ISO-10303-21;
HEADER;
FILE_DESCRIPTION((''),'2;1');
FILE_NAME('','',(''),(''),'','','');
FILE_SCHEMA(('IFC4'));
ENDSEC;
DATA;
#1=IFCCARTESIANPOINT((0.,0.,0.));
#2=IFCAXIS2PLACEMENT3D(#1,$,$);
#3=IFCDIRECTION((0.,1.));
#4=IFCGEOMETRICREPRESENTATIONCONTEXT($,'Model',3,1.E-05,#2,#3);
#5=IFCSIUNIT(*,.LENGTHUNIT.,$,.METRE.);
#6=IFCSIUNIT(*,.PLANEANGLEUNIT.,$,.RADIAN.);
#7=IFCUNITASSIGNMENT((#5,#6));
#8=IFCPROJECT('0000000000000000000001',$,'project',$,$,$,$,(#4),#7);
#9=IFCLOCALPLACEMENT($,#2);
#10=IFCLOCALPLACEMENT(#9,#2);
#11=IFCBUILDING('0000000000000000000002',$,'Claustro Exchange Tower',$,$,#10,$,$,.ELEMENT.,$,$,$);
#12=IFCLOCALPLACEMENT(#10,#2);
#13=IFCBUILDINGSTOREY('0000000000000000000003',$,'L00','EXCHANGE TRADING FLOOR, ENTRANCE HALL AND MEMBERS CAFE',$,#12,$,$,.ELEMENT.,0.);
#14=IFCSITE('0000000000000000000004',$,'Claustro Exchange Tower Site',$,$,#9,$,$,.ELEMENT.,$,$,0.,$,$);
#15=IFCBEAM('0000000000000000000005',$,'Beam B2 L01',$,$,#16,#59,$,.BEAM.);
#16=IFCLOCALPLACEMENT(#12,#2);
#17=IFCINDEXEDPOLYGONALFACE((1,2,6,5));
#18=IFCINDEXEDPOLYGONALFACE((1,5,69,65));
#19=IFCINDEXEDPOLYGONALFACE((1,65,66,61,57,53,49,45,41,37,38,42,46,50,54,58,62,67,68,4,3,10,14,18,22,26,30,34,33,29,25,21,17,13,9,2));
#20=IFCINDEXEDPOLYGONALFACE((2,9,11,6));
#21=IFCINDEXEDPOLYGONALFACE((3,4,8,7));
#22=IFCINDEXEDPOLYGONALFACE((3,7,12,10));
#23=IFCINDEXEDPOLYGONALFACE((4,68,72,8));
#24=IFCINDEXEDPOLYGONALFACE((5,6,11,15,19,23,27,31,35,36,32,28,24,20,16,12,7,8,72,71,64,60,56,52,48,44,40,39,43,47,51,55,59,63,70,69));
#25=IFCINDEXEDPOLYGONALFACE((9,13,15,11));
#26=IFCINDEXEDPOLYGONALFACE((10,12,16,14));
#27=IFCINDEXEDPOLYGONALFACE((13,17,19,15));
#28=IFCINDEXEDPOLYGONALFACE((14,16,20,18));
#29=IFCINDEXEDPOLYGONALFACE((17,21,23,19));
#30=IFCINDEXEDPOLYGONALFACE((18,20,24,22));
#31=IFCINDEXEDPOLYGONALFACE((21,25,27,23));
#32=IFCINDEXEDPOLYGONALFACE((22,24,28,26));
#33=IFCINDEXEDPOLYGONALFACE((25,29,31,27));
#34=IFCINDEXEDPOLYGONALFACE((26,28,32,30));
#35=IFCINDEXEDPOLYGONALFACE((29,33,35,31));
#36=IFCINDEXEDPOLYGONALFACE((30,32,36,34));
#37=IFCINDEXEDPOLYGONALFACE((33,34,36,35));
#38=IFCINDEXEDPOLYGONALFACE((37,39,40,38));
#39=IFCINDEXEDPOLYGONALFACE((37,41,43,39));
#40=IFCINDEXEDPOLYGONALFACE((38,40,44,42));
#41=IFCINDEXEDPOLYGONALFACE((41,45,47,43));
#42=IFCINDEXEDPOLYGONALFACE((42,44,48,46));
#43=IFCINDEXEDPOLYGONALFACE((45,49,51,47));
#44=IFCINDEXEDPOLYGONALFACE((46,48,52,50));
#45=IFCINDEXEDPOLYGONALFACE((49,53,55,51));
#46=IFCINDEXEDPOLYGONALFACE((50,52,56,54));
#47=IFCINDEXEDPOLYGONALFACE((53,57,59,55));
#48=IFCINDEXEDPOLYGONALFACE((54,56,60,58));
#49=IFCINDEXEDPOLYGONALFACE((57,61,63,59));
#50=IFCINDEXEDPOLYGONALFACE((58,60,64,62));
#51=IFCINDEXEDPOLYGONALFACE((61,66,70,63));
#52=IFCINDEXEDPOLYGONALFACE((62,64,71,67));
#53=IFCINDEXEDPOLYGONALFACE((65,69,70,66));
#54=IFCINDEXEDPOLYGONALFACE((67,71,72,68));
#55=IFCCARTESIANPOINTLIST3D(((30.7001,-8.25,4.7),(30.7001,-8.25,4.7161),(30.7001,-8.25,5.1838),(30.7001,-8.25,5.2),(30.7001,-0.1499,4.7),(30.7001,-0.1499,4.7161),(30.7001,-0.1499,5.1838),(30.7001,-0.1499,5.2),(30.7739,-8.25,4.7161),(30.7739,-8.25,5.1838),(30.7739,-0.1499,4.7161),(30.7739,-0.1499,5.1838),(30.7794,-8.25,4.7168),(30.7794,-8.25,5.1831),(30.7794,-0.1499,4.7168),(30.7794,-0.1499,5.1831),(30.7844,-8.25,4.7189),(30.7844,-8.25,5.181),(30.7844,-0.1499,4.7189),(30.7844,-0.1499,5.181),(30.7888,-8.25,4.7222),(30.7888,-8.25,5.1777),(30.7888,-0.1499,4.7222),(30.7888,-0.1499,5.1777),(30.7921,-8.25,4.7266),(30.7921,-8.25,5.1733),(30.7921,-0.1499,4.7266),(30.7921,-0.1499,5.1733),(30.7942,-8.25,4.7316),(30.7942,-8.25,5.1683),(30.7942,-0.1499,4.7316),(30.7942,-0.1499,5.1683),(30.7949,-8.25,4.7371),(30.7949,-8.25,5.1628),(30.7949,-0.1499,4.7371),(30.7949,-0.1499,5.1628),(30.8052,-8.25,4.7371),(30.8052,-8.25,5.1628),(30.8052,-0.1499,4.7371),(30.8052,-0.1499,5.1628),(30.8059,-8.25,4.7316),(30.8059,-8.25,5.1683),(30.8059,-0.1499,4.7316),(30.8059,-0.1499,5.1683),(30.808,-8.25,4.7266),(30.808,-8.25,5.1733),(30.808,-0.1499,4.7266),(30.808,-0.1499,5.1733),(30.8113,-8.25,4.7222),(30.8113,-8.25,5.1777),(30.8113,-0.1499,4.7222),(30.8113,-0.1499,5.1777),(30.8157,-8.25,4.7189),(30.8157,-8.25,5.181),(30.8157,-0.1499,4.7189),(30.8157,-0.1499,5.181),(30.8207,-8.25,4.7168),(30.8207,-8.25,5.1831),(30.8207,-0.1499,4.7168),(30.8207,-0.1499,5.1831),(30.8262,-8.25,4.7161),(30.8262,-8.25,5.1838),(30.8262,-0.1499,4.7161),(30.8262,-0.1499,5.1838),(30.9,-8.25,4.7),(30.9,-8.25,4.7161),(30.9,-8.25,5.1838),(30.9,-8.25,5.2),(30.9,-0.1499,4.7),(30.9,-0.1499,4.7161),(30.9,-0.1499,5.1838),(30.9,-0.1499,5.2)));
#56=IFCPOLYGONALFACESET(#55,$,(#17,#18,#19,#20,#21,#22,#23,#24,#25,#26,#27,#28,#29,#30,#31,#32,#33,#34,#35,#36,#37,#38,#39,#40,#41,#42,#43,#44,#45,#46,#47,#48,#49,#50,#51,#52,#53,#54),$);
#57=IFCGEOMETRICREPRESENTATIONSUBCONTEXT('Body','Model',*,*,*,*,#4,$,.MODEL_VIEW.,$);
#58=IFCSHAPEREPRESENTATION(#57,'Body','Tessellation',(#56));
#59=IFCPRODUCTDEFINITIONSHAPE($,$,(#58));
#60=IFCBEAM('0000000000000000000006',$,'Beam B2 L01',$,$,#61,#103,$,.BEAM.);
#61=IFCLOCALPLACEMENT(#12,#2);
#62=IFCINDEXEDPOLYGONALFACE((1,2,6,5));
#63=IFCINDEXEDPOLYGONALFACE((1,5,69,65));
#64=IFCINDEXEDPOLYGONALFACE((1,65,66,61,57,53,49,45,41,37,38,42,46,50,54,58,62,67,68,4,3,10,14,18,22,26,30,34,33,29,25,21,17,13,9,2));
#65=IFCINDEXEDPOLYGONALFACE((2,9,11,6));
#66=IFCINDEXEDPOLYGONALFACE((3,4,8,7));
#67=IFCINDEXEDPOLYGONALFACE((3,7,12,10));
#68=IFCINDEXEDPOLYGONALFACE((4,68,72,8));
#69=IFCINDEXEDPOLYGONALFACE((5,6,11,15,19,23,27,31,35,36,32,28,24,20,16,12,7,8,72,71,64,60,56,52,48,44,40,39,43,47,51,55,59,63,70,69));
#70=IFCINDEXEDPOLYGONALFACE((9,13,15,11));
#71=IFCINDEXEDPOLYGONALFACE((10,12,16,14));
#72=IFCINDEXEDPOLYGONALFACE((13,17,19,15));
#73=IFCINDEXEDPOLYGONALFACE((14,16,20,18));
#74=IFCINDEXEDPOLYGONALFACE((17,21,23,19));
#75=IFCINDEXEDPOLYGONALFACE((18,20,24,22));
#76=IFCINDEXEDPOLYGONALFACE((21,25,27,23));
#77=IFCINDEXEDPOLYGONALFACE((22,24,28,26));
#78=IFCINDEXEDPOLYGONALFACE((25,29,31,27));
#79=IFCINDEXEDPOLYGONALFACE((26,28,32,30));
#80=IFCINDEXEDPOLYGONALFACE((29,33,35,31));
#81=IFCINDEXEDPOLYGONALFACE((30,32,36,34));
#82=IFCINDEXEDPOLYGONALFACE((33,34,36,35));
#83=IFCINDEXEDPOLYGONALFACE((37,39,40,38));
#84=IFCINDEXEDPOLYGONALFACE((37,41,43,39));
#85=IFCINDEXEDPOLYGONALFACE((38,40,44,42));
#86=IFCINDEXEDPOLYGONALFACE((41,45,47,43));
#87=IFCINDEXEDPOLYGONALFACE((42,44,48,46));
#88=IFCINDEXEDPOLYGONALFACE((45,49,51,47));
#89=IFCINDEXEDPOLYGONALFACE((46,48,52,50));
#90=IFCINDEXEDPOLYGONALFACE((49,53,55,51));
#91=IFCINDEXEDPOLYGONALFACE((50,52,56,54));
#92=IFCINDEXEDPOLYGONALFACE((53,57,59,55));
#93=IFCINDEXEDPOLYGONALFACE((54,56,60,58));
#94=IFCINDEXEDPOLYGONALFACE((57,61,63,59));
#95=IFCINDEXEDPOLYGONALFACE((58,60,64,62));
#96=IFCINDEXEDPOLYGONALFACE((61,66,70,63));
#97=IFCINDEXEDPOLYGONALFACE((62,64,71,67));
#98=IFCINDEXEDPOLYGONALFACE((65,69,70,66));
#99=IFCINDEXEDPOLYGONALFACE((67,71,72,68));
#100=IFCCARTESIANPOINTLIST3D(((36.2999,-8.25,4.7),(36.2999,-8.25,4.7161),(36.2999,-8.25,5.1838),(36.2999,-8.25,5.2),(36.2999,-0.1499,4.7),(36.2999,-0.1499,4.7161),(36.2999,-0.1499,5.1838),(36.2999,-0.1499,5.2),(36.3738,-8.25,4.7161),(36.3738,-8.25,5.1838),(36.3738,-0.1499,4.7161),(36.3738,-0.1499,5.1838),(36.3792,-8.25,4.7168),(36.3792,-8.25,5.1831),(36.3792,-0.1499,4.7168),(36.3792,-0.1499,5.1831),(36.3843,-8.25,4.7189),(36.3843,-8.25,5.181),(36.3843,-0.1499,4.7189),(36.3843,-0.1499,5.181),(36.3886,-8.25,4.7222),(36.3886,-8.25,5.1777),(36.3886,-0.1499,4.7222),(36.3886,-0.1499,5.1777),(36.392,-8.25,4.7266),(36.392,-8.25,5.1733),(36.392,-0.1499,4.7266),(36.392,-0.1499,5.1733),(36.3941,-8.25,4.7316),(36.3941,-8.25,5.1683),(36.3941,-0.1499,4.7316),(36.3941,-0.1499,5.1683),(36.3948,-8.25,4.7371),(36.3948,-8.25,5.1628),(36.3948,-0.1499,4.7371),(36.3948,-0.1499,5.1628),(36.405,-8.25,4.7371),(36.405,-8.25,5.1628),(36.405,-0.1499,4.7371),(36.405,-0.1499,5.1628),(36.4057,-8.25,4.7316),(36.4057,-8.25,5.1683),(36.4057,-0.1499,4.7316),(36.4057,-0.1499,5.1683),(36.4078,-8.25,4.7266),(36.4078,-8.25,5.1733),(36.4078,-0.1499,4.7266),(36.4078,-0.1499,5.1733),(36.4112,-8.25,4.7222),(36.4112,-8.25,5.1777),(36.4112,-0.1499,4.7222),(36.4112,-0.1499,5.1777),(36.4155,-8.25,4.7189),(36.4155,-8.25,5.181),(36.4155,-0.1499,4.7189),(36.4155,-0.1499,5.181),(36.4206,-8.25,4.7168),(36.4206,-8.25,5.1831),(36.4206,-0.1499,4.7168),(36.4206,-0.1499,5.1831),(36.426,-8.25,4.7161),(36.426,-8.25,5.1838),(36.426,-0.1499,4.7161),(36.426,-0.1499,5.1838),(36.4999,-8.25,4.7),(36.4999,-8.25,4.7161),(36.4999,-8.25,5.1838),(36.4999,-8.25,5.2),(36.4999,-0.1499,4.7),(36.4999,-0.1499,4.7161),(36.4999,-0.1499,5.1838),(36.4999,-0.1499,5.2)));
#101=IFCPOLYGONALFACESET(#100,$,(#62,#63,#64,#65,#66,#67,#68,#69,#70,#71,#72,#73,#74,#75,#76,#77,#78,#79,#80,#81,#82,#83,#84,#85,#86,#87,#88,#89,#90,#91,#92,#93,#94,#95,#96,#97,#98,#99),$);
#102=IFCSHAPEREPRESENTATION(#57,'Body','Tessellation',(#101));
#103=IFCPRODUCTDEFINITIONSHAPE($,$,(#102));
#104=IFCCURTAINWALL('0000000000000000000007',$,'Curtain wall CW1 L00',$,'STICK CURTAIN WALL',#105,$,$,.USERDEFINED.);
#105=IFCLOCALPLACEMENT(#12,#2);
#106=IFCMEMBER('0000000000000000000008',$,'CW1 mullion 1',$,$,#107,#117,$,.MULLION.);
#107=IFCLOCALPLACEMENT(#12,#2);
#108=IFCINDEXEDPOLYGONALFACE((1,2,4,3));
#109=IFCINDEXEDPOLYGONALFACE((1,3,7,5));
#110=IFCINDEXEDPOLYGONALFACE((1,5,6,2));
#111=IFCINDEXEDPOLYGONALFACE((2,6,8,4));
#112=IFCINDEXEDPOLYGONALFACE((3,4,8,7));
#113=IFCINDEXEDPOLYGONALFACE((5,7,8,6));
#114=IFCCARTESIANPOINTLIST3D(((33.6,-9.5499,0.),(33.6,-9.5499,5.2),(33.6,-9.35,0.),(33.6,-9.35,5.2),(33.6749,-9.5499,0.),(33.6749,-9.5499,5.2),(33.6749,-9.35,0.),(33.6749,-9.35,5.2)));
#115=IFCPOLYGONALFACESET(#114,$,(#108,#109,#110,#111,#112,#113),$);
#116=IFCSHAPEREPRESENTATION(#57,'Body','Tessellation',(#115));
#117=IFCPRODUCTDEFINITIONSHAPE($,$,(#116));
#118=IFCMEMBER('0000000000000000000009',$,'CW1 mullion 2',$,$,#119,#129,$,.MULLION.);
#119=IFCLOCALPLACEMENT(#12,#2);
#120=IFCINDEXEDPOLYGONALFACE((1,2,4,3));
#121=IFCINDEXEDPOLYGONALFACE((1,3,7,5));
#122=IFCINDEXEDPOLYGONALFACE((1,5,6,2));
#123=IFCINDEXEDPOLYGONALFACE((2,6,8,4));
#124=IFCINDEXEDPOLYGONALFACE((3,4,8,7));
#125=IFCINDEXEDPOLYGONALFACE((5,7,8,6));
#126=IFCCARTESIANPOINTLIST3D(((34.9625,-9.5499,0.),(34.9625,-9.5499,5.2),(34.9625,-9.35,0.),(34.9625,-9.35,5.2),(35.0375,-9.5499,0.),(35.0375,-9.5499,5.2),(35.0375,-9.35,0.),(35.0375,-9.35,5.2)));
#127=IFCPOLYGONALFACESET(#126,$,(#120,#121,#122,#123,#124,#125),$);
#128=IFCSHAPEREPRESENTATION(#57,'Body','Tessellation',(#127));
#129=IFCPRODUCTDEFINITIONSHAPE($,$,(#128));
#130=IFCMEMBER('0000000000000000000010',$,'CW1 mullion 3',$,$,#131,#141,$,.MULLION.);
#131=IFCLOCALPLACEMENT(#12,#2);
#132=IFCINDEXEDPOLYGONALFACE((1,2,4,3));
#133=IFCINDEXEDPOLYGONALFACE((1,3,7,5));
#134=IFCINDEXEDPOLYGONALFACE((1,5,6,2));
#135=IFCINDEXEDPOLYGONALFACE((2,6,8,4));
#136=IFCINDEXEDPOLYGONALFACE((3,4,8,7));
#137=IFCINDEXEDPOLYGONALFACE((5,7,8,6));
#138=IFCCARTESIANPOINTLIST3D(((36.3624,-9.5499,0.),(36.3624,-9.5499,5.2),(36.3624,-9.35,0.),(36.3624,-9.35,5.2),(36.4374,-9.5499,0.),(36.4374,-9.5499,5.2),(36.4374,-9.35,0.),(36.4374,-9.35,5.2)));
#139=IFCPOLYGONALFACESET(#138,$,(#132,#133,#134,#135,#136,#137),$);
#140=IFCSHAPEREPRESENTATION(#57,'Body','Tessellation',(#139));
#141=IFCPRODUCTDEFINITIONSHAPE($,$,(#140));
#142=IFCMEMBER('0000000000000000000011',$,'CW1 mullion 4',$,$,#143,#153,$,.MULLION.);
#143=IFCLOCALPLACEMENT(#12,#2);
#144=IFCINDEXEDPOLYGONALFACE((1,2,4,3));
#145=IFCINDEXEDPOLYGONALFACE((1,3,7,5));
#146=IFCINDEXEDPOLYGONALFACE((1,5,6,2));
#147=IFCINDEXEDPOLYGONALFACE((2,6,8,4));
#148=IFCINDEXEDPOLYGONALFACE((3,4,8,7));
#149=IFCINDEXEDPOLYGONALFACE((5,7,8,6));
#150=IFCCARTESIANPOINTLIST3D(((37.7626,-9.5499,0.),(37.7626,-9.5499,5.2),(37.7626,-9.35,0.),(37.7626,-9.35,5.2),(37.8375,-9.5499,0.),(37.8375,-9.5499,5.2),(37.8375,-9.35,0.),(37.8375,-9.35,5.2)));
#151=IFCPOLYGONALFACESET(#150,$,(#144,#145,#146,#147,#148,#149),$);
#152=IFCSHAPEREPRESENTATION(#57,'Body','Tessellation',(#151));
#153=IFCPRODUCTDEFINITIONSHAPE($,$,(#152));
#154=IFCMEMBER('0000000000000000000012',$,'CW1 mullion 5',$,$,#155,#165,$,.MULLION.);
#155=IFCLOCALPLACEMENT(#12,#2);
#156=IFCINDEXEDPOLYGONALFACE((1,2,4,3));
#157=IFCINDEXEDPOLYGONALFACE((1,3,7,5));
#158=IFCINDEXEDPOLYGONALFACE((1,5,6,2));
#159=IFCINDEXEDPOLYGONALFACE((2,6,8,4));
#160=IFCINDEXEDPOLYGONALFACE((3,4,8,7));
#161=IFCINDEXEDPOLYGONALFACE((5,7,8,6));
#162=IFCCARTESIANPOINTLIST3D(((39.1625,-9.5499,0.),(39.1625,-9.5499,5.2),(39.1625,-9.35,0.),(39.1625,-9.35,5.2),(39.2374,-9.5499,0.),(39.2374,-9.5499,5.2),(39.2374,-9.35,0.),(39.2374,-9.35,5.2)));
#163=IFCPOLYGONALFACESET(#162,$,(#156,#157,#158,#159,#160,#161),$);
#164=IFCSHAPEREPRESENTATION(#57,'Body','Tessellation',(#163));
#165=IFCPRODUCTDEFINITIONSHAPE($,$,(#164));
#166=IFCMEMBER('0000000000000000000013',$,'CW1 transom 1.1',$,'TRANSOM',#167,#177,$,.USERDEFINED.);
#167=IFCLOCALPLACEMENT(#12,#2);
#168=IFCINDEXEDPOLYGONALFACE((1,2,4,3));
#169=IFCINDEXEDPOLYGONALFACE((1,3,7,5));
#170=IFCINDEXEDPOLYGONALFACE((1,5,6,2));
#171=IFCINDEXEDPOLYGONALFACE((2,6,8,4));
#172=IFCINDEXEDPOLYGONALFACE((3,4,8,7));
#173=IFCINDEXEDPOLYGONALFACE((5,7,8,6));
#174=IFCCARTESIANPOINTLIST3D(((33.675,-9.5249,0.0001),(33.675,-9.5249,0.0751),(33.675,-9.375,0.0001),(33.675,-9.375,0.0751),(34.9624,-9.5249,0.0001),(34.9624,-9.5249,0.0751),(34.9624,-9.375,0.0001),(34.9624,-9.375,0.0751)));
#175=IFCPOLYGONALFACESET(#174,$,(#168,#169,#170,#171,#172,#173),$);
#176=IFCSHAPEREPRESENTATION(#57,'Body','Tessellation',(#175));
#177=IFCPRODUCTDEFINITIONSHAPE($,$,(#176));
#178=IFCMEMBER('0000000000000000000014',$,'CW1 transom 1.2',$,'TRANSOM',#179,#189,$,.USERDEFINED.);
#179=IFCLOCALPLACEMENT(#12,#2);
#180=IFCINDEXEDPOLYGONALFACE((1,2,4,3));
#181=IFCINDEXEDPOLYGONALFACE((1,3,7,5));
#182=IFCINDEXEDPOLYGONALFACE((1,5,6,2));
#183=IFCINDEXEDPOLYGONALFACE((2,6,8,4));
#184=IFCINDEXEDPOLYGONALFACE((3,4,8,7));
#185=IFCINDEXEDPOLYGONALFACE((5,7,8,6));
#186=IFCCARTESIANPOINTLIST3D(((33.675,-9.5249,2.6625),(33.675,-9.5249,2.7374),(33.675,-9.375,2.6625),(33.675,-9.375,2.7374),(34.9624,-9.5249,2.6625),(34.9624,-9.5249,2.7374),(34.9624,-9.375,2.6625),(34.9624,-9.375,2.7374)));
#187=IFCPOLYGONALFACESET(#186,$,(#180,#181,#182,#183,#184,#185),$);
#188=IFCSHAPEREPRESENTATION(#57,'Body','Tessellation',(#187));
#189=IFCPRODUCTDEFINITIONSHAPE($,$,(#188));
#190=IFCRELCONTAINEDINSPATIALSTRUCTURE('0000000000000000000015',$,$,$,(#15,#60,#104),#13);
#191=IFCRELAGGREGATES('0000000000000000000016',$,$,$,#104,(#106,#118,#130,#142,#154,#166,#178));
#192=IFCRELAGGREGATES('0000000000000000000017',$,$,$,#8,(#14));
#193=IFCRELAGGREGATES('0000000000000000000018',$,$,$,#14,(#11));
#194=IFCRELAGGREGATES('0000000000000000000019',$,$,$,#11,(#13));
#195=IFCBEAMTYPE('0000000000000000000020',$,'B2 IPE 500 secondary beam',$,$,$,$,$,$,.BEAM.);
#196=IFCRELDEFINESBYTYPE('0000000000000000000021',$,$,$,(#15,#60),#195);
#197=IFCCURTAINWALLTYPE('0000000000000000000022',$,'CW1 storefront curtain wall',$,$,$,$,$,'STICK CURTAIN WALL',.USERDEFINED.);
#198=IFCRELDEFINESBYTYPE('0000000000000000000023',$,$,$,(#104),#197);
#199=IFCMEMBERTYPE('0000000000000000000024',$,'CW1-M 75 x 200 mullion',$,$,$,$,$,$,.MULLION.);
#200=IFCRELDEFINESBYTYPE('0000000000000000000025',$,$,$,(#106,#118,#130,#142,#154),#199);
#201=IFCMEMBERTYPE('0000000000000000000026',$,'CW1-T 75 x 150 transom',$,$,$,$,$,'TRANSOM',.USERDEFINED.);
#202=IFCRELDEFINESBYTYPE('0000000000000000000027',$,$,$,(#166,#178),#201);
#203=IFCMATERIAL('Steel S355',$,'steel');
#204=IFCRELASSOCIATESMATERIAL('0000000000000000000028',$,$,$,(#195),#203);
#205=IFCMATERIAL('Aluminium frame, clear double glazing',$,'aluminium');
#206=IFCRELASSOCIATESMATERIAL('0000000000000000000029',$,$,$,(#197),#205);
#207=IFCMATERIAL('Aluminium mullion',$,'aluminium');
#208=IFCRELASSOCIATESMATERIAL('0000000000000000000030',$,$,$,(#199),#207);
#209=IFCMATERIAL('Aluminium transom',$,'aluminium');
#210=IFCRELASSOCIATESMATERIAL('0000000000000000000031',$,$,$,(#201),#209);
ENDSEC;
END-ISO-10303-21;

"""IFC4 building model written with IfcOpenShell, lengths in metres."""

from ifc_helpers import new_model, si_unit, direction, frame, origin, origin_2d, place, context, subcontext, project, spatial, rectangle, i_section, extrude, material, material_profile, profile_set, type_object, element, aggregate, save


model = new_model("IFC4")

# Units and contexts
model_context = context("Model", 3, precision=1e-05, world=origin(), true_north=direction((0.0, 1.0)))
body_context = subcontext(model_context, "Body", "Model", "MODEL_VIEW")
ifc_project = project(units=[si_unit("LENGTHUNIT", "METRE"), si_unit("PLANEANGLEUNIT", "RADIAN")], contexts=[model_context])

# Site, building, storey
site_placement = place(None, origin())
site = spatial("IfcSite", under=ifc_project, at=site_placement, Name="Claustro Exchange Tower Site", CompositionType="ELEMENT", RefElevation=0.0)
building_placement = place(site_placement, origin())
building = spatial("IfcBuilding", under=site, at=building_placement, Name="Claustro Exchange Tower", CompositionType="ELEMENT")
storey_placement = place(building_placement, origin())
storey = spatial("IfcBuildingStorey", under=building, at=storey_placement, Name="L00", Description="EXCHANGE TRADING FLOOR, ENTRANCE HALL AND MEMBERS CAFE", CompositionType="ELEMENT", Elevation=0.0)

# Beams
ifc_material_1 = material(Name="Steel S355", Category="steel")
ifc_material_profile_1 = material_profile(ifc_material_1, i_section(OverallWidth=0.2, OverallDepth=0.5, WebThickness=0.0103, FlangeThickness=0.0161, FilletRadius=0.021, at=origin_2d()), Name="IPE 500")
ifc_profile_set_1 = profile_set([ifc_material_profile_1], Name="Steel S355")
beam_type_1 = type_object("IfcBeamType", Name="B2 IPE 500 secondary beam", PredefinedType="BEAM", material=ifc_profile_set_1)
for number, where, z_axis, x_axis, name in (
    (1, (30.8, -8.25, 4.95), (0.0, 1.0, 0.0), (-1.0, 0.0, 0.0), "Beam B2 L01"),
    (2, (36.3999, -8.25, 4.95), (0.0, 1.0, 0.0), (-1.0, 0.0, 0.0), "Beam B2 L01"),
):
    element("IfcBeam", number, at=place(storey_placement, frame(where, z_axis=z_axis, x_axis=x_axis)), inside=storey, type_object=beam_type_1, Name=name, PredefinedType="BEAM", context=body_context, shape_type="SweptSolid", body=[
        extrude(i_section(OverallWidth=0.2, OverallDepth=0.5, WebThickness=0.0103, FlangeThickness=0.0161, FilletRadius=0.021, at=origin_2d()), origin(), (0.0, 0.0, 1.0), 8.1001),
    ])

# Curtain wall, members
ifc_material_2 = material(Name="Aluminium frame, clear double glazing", Category="aluminium")
curtain_wall_type = type_object("IfcCurtainWallType", Name="CW1 storefront curtain wall", ElementType="STICK CURTAIN WALL", PredefinedType="USERDEFINED", material=ifc_material_2)
curtain_wall_placement = place(storey_placement, origin())
curtain_wall = element("IfcCurtainWall", 3, at=curtain_wall_placement, inside=storey, type_object=curtain_wall_type, Name="Curtain wall CW1 L00", ObjectType="STICK CURTAIN WALL", PredefinedType="USERDEFINED")
ifc_material_3 = material(Name="Aluminium mullion", Category="aluminium")
ifc_material_profile_2 = material_profile(ifc_material_3, rectangle(XDim=0.2, YDim=0.075, at=origin_2d()), Name="CW1-M 75x200")
ifc_profile_set_2 = profile_set([ifc_material_profile_2], Name="Aluminium mullion")
member_type_1 = type_object("IfcMemberType", Name="CW1-M 75 x 200 mullion", PredefinedType="MULLION", material=ifc_profile_set_2)
member_1_placement = place(storey_placement, frame((33.6375, -9.45, 0.0), z_axis=(0.0, 0.0, 1.0), x_axis=(0.0, 1.0, 0.0)))
member_1 = element("IfcMember", 4, at=member_1_placement, type_object=member_type_1, Name="CW1 mullion 1", PredefinedType="MULLION", context=body_context, shape_type="SweptSolid", body=[
    extrude(rectangle(XDim=0.2, YDim=0.075, at=origin_2d()), origin(), (0.0, 0.0, 1.0), 5.2),
])
member_2_placement = place(storey_placement, frame((35.0, -9.45, 0.0), z_axis=(0.0, 0.0, 1.0), x_axis=(0.0, 1.0, 0.0)))
member_2 = element("IfcMember", 5, at=member_2_placement, type_object=member_type_1, Name="CW1 mullion 2", PredefinedType="MULLION", context=body_context, shape_type="SweptSolid", body=[
    extrude(rectangle(XDim=0.2, YDim=0.075, at=origin_2d()), origin(), (0.0, 0.0, 1.0), 5.2),
])
member_3_placement = place(storey_placement, frame((36.3999, -9.45, 0.0), z_axis=(0.0, 0.0, 1.0), x_axis=(0.0, 1.0, 0.0)))
member_3 = element("IfcMember", 6, at=member_3_placement, type_object=member_type_1, Name="CW1 mullion 3", PredefinedType="MULLION", context=body_context, shape_type="SweptSolid", body=[
    extrude(rectangle(XDim=0.2, YDim=0.075, at=origin_2d()), origin(), (0.0, 0.0, 1.0), 5.2),
])
member_4_placement = place(storey_placement, frame((37.8, -9.45, 0.0), z_axis=(0.0, 0.0, 1.0), x_axis=(0.0, 1.0, 0.0)))
member_4 = element("IfcMember", 7, at=member_4_placement, type_object=member_type_1, Name="CW1 mullion 4", PredefinedType="MULLION", context=body_context, shape_type="SweptSolid", body=[
    extrude(rectangle(XDim=0.2, YDim=0.075, at=origin_2d()), origin(), (0.0, 0.0, 1.0), 5.2),
])
member_5_placement = place(storey_placement, frame((39.2, -9.45, 0.0), z_axis=(0.0, 0.0, 1.0), x_axis=(0.0, 1.0, 0.0)))
member_5 = element("IfcMember", 8, at=member_5_placement, type_object=member_type_1, Name="CW1 mullion 5", PredefinedType="MULLION", context=body_context, shape_type="SweptSolid", body=[
    extrude(rectangle(XDim=0.2, YDim=0.075, at=origin_2d()), origin(), (0.0, 0.0, 1.0), 5.2),
])
ifc_material_4 = material(Name="Aluminium transom", Category="aluminium")
ifc_material_profile_3 = material_profile(ifc_material_4, rectangle(XDim=0.1499, YDim=0.075, at=origin_2d()), Name="CW1-T 75x150")
ifc_profile_set_3 = profile_set([ifc_material_profile_3], Name="Aluminium transom")
member_type_2 = type_object("IfcMemberType", Name="CW1-T 75 x 150 transom", ElementType="TRANSOM", PredefinedType="USERDEFINED", material=ifc_profile_set_3)
member_6_placement = place(storey_placement, frame((33.675, -9.45, 0.0376), z_axis=(1.0, 0.0, 0.0), x_axis=(0.0, 1.0, 0.0)))
member_6 = element("IfcMember", 9, at=member_6_placement, type_object=member_type_2, Name="CW1 transom 1.1", ObjectType="TRANSOM", PredefinedType="USERDEFINED", context=body_context, shape_type="SweptSolid", body=[
    extrude(rectangle(XDim=0.1499, YDim=0.075, at=origin_2d()), origin(), (0.0, 0.0, 1.0), 1.2874),
])
member_7_placement = place(storey_placement, frame((33.675, -9.45, 2.7), z_axis=(1.0, 0.0, 0.0), x_axis=(0.0, 1.0, 0.0)))
member_7 = element("IfcMember", 10, at=member_7_placement, type_object=member_type_2, Name="CW1 transom 1.2", ObjectType="TRANSOM", PredefinedType="USERDEFINED", context=body_context, shape_type="SweptSolid", body=[
    extrude(rectangle(XDim=0.1499, YDim=0.075, at=origin_2d()), origin(), (0.0, 0.0, 1.0), 1.2874),
])
aggregate(curtain_wall, [member_1, member_2, member_3, member_4, member_5, member_6, member_7])

save(model, "model.ifc")
